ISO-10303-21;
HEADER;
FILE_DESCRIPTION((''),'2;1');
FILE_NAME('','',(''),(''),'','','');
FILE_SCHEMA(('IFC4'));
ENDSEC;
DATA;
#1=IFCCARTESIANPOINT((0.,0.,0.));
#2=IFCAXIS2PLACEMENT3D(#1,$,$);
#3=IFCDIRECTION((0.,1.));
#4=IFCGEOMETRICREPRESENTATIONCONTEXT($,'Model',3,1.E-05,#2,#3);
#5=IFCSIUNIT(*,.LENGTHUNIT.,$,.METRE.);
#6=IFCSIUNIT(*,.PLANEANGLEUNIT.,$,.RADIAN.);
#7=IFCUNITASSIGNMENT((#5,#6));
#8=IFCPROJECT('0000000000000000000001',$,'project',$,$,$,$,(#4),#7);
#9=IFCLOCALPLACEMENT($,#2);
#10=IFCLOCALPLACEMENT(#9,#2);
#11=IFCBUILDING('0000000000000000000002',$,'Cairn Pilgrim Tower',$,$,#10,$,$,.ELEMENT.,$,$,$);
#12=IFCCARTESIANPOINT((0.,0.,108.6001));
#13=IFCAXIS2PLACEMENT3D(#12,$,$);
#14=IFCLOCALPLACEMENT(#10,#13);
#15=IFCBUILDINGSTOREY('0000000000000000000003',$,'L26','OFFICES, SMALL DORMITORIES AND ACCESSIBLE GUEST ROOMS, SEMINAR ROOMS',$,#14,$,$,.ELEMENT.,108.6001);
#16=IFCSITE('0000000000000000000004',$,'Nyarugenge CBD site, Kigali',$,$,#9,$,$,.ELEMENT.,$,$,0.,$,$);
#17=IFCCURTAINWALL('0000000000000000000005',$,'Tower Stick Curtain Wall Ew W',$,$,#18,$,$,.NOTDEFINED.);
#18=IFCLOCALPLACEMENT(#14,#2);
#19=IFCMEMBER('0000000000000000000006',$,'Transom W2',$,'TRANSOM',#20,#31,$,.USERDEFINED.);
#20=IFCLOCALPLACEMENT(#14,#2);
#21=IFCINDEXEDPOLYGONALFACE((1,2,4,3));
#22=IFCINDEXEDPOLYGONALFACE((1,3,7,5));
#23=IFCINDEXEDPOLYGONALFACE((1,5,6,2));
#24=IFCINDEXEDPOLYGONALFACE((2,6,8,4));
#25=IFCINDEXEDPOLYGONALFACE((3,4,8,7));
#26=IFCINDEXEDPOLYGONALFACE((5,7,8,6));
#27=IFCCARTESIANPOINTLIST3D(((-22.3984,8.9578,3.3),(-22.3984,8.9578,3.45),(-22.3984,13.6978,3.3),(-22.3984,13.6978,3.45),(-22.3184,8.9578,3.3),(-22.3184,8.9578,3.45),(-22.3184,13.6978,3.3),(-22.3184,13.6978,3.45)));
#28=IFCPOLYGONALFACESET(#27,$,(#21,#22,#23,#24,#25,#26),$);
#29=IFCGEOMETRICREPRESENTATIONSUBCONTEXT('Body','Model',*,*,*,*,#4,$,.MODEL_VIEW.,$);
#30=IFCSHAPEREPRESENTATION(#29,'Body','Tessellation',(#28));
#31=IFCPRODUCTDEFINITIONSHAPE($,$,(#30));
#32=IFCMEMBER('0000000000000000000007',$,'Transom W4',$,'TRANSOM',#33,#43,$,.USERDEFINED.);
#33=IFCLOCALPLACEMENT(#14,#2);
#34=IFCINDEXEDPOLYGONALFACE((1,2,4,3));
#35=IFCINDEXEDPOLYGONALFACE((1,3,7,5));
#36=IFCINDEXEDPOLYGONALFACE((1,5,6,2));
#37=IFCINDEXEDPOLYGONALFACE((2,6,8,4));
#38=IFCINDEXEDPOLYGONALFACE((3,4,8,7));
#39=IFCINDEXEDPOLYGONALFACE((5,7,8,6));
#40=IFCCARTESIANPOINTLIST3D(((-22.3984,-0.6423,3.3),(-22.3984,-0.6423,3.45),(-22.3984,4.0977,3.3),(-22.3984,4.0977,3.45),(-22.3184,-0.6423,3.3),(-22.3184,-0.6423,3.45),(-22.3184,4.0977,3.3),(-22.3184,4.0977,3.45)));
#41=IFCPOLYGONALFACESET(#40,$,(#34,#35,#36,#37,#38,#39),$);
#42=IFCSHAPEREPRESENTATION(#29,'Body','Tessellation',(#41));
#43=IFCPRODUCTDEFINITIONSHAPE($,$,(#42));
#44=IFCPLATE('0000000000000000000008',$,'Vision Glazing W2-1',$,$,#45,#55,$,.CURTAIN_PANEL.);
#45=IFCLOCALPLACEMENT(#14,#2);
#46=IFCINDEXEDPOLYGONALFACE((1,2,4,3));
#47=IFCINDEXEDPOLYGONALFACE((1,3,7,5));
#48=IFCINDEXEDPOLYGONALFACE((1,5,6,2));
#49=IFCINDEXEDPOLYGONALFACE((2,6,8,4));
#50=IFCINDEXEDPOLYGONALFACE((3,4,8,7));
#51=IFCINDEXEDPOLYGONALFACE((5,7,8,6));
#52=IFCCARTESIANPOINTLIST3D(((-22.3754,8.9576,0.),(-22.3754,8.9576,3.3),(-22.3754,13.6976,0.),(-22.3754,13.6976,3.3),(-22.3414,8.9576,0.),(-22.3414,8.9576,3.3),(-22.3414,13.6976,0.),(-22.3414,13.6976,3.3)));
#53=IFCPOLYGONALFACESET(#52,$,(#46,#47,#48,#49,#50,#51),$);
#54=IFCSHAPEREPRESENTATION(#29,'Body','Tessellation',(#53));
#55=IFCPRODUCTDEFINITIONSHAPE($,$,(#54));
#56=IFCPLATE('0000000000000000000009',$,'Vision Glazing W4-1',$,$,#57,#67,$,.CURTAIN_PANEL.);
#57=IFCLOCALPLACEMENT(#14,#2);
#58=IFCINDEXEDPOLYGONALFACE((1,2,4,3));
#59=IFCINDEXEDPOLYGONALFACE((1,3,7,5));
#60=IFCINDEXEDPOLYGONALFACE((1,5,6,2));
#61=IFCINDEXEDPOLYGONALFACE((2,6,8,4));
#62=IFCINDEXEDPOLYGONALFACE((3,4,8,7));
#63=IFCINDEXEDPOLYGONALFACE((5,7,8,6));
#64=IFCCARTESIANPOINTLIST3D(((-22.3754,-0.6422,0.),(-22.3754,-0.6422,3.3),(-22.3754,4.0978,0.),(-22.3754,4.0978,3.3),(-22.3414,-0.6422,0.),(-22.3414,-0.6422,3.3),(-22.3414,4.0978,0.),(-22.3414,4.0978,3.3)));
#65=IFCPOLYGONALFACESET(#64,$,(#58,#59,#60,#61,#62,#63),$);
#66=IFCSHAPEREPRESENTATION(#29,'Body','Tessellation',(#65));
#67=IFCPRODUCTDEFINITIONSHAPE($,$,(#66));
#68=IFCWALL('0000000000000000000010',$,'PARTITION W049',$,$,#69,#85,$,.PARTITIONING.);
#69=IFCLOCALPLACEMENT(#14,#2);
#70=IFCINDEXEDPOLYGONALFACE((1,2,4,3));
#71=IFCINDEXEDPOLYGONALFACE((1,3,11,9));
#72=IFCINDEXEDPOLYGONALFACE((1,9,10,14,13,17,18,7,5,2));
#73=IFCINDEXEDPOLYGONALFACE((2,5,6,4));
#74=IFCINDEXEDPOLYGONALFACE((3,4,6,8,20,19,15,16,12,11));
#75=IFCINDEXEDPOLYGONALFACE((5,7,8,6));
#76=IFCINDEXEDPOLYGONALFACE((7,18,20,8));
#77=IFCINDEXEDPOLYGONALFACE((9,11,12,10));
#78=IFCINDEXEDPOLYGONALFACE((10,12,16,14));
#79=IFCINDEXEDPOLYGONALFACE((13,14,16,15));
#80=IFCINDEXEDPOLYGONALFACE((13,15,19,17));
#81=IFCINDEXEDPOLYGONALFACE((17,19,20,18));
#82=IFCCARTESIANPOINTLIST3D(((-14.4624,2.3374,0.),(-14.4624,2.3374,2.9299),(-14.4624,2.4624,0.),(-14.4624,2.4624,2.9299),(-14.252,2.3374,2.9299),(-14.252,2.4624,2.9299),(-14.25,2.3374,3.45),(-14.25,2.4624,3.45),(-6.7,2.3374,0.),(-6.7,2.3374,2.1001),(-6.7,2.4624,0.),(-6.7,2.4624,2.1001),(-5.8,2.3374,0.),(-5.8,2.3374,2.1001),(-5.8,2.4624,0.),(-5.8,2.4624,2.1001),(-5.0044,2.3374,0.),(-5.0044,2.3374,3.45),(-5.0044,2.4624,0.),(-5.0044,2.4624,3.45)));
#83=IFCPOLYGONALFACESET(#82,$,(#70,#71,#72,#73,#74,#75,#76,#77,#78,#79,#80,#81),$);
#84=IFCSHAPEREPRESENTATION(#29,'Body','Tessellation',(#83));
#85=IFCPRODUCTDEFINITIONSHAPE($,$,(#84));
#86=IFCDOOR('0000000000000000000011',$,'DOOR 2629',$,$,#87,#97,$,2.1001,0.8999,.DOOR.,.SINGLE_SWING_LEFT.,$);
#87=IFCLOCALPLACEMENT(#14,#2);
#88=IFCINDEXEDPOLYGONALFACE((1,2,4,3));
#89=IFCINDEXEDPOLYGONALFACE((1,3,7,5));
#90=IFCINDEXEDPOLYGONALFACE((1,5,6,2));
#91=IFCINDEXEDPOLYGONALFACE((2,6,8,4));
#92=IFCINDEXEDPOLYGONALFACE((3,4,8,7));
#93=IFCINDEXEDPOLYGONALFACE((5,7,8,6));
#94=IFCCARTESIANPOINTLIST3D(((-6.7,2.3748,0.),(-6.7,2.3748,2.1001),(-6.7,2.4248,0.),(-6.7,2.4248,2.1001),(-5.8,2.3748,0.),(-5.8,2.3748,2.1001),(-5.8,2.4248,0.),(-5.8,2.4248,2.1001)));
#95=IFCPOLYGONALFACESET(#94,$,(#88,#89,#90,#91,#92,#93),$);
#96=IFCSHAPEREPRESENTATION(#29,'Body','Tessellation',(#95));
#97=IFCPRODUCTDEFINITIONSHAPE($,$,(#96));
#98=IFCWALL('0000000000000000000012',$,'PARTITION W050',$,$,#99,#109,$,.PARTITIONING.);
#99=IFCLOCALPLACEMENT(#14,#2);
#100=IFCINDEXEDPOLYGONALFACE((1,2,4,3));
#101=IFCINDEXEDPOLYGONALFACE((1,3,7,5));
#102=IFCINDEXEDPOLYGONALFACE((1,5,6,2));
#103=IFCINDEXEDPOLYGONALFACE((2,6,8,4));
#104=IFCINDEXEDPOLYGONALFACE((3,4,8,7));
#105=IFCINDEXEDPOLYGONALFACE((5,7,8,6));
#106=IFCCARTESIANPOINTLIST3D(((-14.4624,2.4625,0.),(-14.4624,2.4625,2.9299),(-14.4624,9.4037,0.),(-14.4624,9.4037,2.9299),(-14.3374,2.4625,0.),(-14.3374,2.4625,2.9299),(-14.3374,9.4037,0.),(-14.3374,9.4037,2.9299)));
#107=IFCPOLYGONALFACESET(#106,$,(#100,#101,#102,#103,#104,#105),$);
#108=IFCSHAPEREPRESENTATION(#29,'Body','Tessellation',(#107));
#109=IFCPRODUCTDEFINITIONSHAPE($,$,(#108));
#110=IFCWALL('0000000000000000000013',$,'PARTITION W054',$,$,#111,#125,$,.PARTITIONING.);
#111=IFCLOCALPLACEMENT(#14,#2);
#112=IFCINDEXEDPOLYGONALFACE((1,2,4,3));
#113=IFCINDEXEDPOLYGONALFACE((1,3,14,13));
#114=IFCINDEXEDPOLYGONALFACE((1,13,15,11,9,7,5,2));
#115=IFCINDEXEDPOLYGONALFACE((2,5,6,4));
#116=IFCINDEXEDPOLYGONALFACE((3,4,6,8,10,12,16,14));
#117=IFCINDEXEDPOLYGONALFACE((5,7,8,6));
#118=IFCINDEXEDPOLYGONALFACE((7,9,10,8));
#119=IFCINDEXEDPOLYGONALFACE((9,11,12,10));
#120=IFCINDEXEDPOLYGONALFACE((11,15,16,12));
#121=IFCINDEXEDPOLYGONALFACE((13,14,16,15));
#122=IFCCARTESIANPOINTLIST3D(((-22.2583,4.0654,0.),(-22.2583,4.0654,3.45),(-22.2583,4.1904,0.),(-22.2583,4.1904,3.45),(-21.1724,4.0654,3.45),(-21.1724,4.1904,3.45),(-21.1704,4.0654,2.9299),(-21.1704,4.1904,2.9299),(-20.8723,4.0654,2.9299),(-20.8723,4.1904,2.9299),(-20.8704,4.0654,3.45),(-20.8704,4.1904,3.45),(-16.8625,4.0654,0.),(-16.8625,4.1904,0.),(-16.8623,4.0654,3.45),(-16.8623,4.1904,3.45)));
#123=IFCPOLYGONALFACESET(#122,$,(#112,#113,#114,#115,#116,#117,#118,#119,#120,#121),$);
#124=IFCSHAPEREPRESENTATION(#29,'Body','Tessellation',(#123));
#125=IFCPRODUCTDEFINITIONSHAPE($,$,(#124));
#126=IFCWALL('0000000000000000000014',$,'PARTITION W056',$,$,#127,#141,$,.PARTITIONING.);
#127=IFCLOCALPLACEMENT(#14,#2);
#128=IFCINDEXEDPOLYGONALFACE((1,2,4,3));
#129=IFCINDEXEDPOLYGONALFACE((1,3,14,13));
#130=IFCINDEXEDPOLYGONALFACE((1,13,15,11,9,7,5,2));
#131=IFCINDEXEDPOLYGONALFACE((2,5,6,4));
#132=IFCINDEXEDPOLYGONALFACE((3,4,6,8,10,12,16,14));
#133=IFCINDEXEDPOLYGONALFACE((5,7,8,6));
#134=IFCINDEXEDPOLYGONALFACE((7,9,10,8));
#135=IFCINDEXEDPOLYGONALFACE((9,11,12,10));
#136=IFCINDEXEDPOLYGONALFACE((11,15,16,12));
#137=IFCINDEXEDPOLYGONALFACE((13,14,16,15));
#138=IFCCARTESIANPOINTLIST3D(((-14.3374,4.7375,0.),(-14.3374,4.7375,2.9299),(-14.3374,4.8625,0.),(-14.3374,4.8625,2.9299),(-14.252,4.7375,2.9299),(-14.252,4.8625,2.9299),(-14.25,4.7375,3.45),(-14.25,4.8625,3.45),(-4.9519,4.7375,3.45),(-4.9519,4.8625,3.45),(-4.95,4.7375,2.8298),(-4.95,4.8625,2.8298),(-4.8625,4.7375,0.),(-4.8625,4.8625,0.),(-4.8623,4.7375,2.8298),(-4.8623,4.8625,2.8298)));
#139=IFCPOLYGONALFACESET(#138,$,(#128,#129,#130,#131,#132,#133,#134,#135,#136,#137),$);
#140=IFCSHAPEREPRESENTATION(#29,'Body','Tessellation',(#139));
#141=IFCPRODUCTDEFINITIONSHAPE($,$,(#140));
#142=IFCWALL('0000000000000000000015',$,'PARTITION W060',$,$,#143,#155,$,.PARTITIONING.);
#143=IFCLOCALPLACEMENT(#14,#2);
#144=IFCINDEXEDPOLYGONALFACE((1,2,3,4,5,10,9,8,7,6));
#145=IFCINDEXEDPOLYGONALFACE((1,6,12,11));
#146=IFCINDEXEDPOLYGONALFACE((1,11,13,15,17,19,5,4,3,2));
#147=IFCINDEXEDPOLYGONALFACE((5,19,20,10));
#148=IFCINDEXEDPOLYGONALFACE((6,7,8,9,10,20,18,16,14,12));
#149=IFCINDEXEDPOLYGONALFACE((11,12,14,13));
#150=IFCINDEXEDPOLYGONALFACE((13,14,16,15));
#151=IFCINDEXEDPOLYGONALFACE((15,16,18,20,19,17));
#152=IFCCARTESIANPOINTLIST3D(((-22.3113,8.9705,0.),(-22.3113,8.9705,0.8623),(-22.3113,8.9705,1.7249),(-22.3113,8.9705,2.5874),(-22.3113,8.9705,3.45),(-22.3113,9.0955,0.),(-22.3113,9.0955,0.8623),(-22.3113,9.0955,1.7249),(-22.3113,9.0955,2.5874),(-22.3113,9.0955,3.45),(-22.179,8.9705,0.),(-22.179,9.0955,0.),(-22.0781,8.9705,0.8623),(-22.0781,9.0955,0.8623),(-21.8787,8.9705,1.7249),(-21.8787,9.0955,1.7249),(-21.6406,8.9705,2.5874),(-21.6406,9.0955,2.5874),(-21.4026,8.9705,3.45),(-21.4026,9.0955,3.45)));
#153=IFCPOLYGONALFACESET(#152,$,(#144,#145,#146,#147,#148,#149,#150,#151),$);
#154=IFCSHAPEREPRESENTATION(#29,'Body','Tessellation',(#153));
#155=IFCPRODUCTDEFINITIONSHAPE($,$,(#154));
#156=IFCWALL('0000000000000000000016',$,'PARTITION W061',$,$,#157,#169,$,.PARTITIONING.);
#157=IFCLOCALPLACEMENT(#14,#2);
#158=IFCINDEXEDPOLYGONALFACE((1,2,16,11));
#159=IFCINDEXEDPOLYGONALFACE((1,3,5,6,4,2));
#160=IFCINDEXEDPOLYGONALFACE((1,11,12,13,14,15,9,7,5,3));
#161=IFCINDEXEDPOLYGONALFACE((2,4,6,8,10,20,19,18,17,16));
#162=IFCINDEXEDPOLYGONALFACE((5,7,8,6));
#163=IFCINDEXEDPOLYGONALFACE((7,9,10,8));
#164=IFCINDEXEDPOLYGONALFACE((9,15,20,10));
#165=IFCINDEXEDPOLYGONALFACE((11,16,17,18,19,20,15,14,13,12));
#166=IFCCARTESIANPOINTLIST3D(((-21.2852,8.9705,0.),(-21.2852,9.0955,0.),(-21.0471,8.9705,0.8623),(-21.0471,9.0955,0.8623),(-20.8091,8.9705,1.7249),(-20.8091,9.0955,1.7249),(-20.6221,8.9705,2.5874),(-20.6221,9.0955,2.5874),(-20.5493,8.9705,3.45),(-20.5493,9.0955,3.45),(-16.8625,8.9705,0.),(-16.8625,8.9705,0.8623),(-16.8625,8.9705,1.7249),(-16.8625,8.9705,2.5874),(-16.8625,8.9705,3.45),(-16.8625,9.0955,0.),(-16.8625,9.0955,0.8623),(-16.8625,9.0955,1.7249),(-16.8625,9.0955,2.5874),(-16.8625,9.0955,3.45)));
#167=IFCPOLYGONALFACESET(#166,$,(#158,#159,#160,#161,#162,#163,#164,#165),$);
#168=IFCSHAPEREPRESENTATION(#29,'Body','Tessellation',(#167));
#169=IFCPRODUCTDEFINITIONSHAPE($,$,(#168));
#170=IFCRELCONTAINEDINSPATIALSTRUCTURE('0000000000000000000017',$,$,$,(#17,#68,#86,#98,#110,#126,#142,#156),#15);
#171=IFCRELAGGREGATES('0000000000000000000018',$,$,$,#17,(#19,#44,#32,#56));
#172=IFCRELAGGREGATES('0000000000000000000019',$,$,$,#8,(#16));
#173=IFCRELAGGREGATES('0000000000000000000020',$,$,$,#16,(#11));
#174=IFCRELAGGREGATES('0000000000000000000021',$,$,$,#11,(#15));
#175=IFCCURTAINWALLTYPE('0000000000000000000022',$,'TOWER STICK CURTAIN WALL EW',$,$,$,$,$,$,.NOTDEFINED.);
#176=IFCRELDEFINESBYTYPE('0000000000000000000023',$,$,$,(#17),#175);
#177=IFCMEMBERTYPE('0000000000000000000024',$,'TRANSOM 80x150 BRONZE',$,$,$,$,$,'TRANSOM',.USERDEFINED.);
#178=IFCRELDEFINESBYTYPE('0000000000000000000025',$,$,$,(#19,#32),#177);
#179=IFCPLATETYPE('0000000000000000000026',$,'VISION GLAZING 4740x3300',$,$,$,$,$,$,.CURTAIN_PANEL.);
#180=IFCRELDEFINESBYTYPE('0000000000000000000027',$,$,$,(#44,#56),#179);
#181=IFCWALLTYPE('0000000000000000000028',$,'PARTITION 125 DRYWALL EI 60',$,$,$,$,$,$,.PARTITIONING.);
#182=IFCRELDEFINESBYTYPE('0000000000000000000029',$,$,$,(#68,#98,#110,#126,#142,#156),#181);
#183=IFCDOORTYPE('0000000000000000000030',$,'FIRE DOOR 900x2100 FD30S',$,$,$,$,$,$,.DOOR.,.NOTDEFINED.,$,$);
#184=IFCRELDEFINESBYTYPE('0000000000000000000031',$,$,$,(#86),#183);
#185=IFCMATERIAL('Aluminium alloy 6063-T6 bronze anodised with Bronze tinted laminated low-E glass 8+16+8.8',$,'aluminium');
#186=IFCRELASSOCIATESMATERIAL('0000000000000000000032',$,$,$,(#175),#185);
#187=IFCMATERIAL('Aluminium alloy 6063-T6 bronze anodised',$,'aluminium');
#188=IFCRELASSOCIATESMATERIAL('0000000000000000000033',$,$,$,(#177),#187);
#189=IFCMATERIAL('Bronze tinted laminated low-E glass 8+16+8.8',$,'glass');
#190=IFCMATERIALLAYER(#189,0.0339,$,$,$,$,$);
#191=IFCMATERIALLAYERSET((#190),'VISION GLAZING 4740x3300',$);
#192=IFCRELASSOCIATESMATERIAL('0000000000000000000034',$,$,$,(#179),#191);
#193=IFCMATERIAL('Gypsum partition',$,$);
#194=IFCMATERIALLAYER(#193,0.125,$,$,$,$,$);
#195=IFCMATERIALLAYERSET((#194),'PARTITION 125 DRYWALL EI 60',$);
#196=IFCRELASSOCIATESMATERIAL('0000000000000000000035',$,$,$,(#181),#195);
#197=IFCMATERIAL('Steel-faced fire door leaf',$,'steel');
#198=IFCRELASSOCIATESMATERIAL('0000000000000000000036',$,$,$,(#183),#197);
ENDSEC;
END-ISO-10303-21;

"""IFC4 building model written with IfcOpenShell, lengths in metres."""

from ifc_helpers import new_model, si_unit, direction, frame, frame_2d, origin, origin_2d, place, context, subcontext, project, spatial, polyline, rectangle, outline, extrude, material, layer, layer_set, material_profile, profile_set, type_object, element, fill, aggregate, save


model = new_model("IFC4")

# Units and contexts
model_context = context("Model", 3, precision=1e-05, world=origin(), true_north=direction((0.0, 1.0)))
body_context = subcontext(model_context, "Body", "Model", "MODEL_VIEW")
ifc_project = project(units=[si_unit("LENGTHUNIT", "METRE"), si_unit("PLANEANGLEUNIT", "RADIAN")], contexts=[model_context])

# Site, building, storey
site_placement = place(None, origin())
site = spatial("IfcSite", under=ifc_project, at=site_placement, Name="Nyarugenge CBD site, Kigali", CompositionType="ELEMENT", RefElevation=0.0)
building_placement = place(site_placement, origin())
building = spatial("IfcBuilding", under=site, at=building_placement, Name="Cairn Pilgrim Tower", CompositionType="ELEMENT")
storey_placement = place(building_placement, frame((0.0, 0.0, 108.6001)))
storey = spatial("IfcBuildingStorey", under=building, at=storey_placement, Name="L26", Description="OFFICES, SMALL DORMITORIES AND ACCESSIBLE GUEST ROOMS, SEMINAR ROOMS", CompositionType="ELEMENT", Elevation=108.6001)

# Curtain wall
ifc_material_1 = material(Name="Aluminium alloy 6063-T6 bronze anodised with Bronze tinted laminated low-E glass 8+16+8.8", Category="aluminium")
curtain_wall_type = type_object("IfcCurtainWallType", Name="TOWER STICK CURTAIN WALL EW", PredefinedType="NOTDEFINED", material=ifc_material_1)
curtain_wall_placement = place(storey_placement, origin())
curtain_wall = element("IfcCurtainWall", 1, at=curtain_wall_placement, inside=storey, type_object=curtain_wall_type, Name="Tower Stick Curtain Wall Ew W", PredefinedType="NOTDEFINED")
ifc_material_2 = material(Name="Aluminium alloy 6063-T6 bronze anodised", Category="aluminium")

# Members
ifc_material_profile_1 = material_profile(ifc_material_2, rectangle(XDim=0.0801, YDim=0.1499, at=origin_2d()), Name="TRANSOM 80x150 BRONZE")
ifc_profile_set_1 = profile_set([ifc_material_profile_1], Name="Aluminium alloy 6063-T6 bronze anodised")
member_type_1 = type_object("IfcMemberType", Name="TRANSOM 80x150 BRONZE", ElementType="TRANSOM", PredefinedType="USERDEFINED", material=ifc_profile_set_1)
member_1_placement = place(storey_placement, frame((-22.3584, 13.6978, 3.375), z_axis=(0.0, -1.0, 0.0), x_axis=(1.0, 0.0, 0.0)))
member_1 = element("IfcMember", 2, at=member_1_placement, type_object=member_type_1, Name="Transom W2", ObjectType="TRANSOM", PredefinedType="USERDEFINED", context=body_context, shape_type="SweptSolid", body=[
    extrude(rectangle(XDim=0.0801, YDim=0.1499, at=origin_2d()), origin(), (0.0, 0.0, 1.0), 4.74),
])
member_2_placement = place(storey_placement, frame((-22.3584, 4.0977, 3.375), z_axis=(0.0, -1.0, 0.0), x_axis=(1.0, 0.0, 0.0)))
member_2 = element("IfcMember", 3, at=member_2_placement, type_object=member_type_1, Name="Transom W4", ObjectType="TRANSOM", PredefinedType="USERDEFINED", context=body_context, shape_type="SweptSolid", body=[
    extrude(rectangle(XDim=0.0801, YDim=0.1499, at=origin_2d()), origin(), (0.0, 0.0, 1.0), 4.74),
])

# Plates
ifc_material_3 = material(Name="Bronze tinted laminated low-E glass 8+16+8.8", Category="glass")
ifc_layer_1 = layer(ifc_material_3, 0.0339)
ifc_layer_set_1 = layer_set([ifc_layer_1], Name="VISION GLAZING 4740x3300")
plate_type = type_object("IfcPlateType", Name="VISION GLAZING 4740x3300", PredefinedType="CURTAIN_PANEL", material=ifc_layer_set_1)
plate_1_placement = place(storey_placement, frame((-22.3584, 11.3276, 0.0), z_axis=(0.0, 0.0, 1.0), x_axis=(0.0, -1.0, 0.0)))
plate_1 = element("IfcPlate", 4, at=plate_1_placement, type_object=plate_type, Name="Vision Glazing W2-1", PredefinedType="CURTAIN_PANEL", context=body_context, shape_type="SweptSolid", body=[
    extrude(rectangle(XDim=4.74, YDim=0.0339, at=origin_2d()), origin(), (0.0, 0.0, 1.0), 3.3),
])
plate_2_placement = place(storey_placement, frame((-22.3584, 1.7278, 0.0), z_axis=(0.0, 0.0, 1.0), x_axis=(0.0, -1.0, 0.0)))
plate_2 = element("IfcPlate", 5, at=plate_2_placement, type_object=plate_type, Name="Vision Glazing W4-1", PredefinedType="CURTAIN_PANEL", context=body_context, shape_type="SweptSolid", body=[
    extrude(rectangle(XDim=4.74, YDim=0.0339, at=origin_2d()), origin(), (0.0, 0.0, 1.0), 3.3),
])
aggregate(curtain_wall, [member_1, plate_1, member_2, plate_2])

# Wall, opening, door
ifc_material_4 = material(Name="Gypsum partition")
ifc_layer_2 = layer(ifc_material_4, 0.125)
ifc_layer_set_2 = layer_set([ifc_layer_2], Name="PARTITION 125 DRYWALL EI 60")
wall_type_1 = type_object("IfcWallType", Name="PARTITION 125 DRYWALL EI 60", PredefinedType="PARTITIONING", material=ifc_layer_set_2)
wall_1_placement = place(storey_placement, frame((-14.4624, 2.3999, 0.0), z_axis=(0.0, 0.0, 1.0), x_axis=(1.0, 0.0, 0.0)))
wall_1 = element("IfcWall", 6, at=wall_1_placement, inside=storey, type_object=wall_type_1, Name="PARTITION W049", PredefinedType="PARTITIONING", context=body_context, shape_type="SweptSolid", body=[
    extrude(outline(polyline([(0.0, 0.0), (9.458, 0.0), (9.458, 3.45), (0.2124, 3.45), (0.2104, 2.9299), (0.0, 2.9299), (0.0, 0.0)])), frame((0.0, 0.0625, 0.0), z_axis=(0.0, -1.0, 0.0), x_axis=(1.0, 0.0, 0.0)), (0.0, 0.0, 1.0), 0.125),
])
opening_1_placement = place(wall_1_placement, frame((7.7625, 0.0, 0.0)))
opening_1 = element("IfcOpeningElement", 7, at=opening_1_placement, cuts=wall_1, PredefinedType="OPENING", context=body_context, shape_type="SweptSolid", body=[
    extrude(rectangle(XDim=0.8999, YDim=2.1001, at=frame_2d((0.45, 1.05))), frame((0.0, 0.0725, 0.0), z_axis=(0.0, -1.0, 0.0), x_axis=(1.0, 0.0, 0.0)), (0.0, 0.0, 1.0), 0.145),
])
ifc_material_5 = material(Name="Steel-faced fire door leaf", Category="steel")
door_type_1 = type_object("IfcDoorType", Name="FIRE DOOR 900x2100 FD30S", OperationType="NOTDEFINED", PredefinedType="DOOR", material=ifc_material_5)
door_1_placement = place(opening_1_placement, origin())
door_1 = element("IfcDoor", 8, at=door_1_placement, inside=storey, type_object=door_type_1, Name="DOOR 2629", OperationType="SINGLE_SWING_LEFT", OverallHeight=2.1001, OverallWidth=0.8999, PredefinedType="DOOR", context=body_context, shape_type="SweptSolid", body=[
    extrude(rectangle(XDim=0.8999, YDim=2.1001, at=frame_2d((0.45, 1.05))), frame((0.0, 0.0249, 0.0), z_axis=(0.0, -1.0, 0.0), x_axis=(1.0, 0.0, 0.0)), (0.0, 0.0, 1.0), 0.05),
])
fill(opening_1, door_1)

# Walls
wall_2_placement = place(storey_placement, frame((-14.3999, 2.4624, 0.0), z_axis=(0.0, 0.0, 1.0), x_axis=(0.0, 1.0, 0.0)))
element("IfcWall", 9, at=wall_2_placement, inside=storey, type_object=wall_type_1, Name="PARTITION W050", PredefinedType="PARTITIONING", context=body_context, shape_type="SweptSolid", body=[
    extrude(rectangle(XDim=6.9412, YDim=0.125, at=frame_2d((3.4707, 0.0))), origin(), (0.0, 0.0, 1.0), 2.9299),
])
wall_3_placement = place(storey_placement, frame((-22.2583, 4.1279, 0.0), z_axis=(0.0, 0.0, 1.0), x_axis=(1.0, 0.0, 0.0)))
element("IfcWall", 10, at=wall_3_placement, inside=storey, type_object=wall_type_1, Name="PARTITION W054", PredefinedType="PARTITIONING", context=body_context, shape_type="SweptSolid", body=[
    extrude(outline(polyline([(0.0, 0.0), (5.3958, 0.0), (5.396, 3.45), (1.3879, 3.45), (1.386, 2.9299), (1.0879, 2.9299), (1.0859, 3.45), (0.0, 3.45), (0.0, 0.0)])), frame((0.0, 0.0625, 0.0), z_axis=(0.0, -1.0, 0.0), x_axis=(1.0, 0.0, 0.0)), (0.0, 0.0, 1.0), 0.125),
])
wall_4_placement = place(storey_placement, frame((-14.3374, 4.8, 0.0), z_axis=(0.0, 0.0, 1.0), x_axis=(1.0, 0.0, 0.0)))
element("IfcWall", 11, at=wall_4_placement, inside=storey, type_object=wall_type_1, Name="PARTITION W056", PredefinedType="PARTITIONING", context=body_context, shape_type="SweptSolid", body=[
    extrude(outline(polyline([(0.0, 0.0), (9.4749, 0.0), (9.4751, 2.8298), (9.3875, 2.8298), (9.3855, 3.45), (0.0874, 3.45), (0.0854, 2.9299), (0.0, 2.9299), (0.0, 0.0)])), frame((0.0, 0.0625, 0.0), z_axis=(0.0, -1.0, 0.0), x_axis=(1.0, 0.0, 0.0)), (0.0, 0.0, 1.0), 0.125),
])
wall_5_placement = place(storey_placement, frame((-22.3113, 9.033, 0.0), z_axis=(0.0, 0.0, 1.0), x_axis=(1.0, 0.0, 0.0)))
element("IfcWall", 12, at=wall_5_placement, inside=storey, type_object=wall_type_1, Name="PARTITION W060", PredefinedType="PARTITIONING", context=body_context, shape_type="SweptSolid", body=[
    extrude(outline(polyline([(0.0, 0.0), (0.1323, 0.0), (0.2332, 0.8623), (0.4326, 1.7249), (0.6707, 2.5874), (0.9087, 3.45), (0.0, 3.45), (0.0, 2.5874), (0.0, 1.7249), (0.0, 0.8623), (0.0, 0.0)])), frame((0.0, 0.0625, 0.0), z_axis=(0.0, -1.0, 0.0), x_axis=(1.0, 0.0, 0.0)), (0.0, 0.0, 1.0), 0.125),
])
wall_6_placement = place(storey_placement, frame((-21.2852, 9.033, 0.0), z_axis=(0.0, 0.0, 1.0), x_axis=(1.0, 0.0, 0.0)))
element("IfcWall", 13, at=wall_6_placement, inside=storey, type_object=wall_type_1, Name="PARTITION W061", PredefinedType="PARTITIONING", context=body_context, shape_type="SweptSolid", body=[
    extrude(outline(polyline([(0.0, 0.0), (4.4226, 0.0), (4.4226, 0.8623), (4.4226, 1.7249), (4.4226, 2.5874), (4.4226, 3.45), (0.7358, 3.45), (0.6631, 2.5874), (0.4761, 1.7249), (0.238, 0.8623), (0.0, 0.0)])), frame((0.0, 0.0625, 0.0), z_axis=(0.0, -1.0, 0.0), x_axis=(1.0, 0.0, 0.0)), (0.0, 0.0, 1.0), 0.125),
])

save(model, "model.ifc")
